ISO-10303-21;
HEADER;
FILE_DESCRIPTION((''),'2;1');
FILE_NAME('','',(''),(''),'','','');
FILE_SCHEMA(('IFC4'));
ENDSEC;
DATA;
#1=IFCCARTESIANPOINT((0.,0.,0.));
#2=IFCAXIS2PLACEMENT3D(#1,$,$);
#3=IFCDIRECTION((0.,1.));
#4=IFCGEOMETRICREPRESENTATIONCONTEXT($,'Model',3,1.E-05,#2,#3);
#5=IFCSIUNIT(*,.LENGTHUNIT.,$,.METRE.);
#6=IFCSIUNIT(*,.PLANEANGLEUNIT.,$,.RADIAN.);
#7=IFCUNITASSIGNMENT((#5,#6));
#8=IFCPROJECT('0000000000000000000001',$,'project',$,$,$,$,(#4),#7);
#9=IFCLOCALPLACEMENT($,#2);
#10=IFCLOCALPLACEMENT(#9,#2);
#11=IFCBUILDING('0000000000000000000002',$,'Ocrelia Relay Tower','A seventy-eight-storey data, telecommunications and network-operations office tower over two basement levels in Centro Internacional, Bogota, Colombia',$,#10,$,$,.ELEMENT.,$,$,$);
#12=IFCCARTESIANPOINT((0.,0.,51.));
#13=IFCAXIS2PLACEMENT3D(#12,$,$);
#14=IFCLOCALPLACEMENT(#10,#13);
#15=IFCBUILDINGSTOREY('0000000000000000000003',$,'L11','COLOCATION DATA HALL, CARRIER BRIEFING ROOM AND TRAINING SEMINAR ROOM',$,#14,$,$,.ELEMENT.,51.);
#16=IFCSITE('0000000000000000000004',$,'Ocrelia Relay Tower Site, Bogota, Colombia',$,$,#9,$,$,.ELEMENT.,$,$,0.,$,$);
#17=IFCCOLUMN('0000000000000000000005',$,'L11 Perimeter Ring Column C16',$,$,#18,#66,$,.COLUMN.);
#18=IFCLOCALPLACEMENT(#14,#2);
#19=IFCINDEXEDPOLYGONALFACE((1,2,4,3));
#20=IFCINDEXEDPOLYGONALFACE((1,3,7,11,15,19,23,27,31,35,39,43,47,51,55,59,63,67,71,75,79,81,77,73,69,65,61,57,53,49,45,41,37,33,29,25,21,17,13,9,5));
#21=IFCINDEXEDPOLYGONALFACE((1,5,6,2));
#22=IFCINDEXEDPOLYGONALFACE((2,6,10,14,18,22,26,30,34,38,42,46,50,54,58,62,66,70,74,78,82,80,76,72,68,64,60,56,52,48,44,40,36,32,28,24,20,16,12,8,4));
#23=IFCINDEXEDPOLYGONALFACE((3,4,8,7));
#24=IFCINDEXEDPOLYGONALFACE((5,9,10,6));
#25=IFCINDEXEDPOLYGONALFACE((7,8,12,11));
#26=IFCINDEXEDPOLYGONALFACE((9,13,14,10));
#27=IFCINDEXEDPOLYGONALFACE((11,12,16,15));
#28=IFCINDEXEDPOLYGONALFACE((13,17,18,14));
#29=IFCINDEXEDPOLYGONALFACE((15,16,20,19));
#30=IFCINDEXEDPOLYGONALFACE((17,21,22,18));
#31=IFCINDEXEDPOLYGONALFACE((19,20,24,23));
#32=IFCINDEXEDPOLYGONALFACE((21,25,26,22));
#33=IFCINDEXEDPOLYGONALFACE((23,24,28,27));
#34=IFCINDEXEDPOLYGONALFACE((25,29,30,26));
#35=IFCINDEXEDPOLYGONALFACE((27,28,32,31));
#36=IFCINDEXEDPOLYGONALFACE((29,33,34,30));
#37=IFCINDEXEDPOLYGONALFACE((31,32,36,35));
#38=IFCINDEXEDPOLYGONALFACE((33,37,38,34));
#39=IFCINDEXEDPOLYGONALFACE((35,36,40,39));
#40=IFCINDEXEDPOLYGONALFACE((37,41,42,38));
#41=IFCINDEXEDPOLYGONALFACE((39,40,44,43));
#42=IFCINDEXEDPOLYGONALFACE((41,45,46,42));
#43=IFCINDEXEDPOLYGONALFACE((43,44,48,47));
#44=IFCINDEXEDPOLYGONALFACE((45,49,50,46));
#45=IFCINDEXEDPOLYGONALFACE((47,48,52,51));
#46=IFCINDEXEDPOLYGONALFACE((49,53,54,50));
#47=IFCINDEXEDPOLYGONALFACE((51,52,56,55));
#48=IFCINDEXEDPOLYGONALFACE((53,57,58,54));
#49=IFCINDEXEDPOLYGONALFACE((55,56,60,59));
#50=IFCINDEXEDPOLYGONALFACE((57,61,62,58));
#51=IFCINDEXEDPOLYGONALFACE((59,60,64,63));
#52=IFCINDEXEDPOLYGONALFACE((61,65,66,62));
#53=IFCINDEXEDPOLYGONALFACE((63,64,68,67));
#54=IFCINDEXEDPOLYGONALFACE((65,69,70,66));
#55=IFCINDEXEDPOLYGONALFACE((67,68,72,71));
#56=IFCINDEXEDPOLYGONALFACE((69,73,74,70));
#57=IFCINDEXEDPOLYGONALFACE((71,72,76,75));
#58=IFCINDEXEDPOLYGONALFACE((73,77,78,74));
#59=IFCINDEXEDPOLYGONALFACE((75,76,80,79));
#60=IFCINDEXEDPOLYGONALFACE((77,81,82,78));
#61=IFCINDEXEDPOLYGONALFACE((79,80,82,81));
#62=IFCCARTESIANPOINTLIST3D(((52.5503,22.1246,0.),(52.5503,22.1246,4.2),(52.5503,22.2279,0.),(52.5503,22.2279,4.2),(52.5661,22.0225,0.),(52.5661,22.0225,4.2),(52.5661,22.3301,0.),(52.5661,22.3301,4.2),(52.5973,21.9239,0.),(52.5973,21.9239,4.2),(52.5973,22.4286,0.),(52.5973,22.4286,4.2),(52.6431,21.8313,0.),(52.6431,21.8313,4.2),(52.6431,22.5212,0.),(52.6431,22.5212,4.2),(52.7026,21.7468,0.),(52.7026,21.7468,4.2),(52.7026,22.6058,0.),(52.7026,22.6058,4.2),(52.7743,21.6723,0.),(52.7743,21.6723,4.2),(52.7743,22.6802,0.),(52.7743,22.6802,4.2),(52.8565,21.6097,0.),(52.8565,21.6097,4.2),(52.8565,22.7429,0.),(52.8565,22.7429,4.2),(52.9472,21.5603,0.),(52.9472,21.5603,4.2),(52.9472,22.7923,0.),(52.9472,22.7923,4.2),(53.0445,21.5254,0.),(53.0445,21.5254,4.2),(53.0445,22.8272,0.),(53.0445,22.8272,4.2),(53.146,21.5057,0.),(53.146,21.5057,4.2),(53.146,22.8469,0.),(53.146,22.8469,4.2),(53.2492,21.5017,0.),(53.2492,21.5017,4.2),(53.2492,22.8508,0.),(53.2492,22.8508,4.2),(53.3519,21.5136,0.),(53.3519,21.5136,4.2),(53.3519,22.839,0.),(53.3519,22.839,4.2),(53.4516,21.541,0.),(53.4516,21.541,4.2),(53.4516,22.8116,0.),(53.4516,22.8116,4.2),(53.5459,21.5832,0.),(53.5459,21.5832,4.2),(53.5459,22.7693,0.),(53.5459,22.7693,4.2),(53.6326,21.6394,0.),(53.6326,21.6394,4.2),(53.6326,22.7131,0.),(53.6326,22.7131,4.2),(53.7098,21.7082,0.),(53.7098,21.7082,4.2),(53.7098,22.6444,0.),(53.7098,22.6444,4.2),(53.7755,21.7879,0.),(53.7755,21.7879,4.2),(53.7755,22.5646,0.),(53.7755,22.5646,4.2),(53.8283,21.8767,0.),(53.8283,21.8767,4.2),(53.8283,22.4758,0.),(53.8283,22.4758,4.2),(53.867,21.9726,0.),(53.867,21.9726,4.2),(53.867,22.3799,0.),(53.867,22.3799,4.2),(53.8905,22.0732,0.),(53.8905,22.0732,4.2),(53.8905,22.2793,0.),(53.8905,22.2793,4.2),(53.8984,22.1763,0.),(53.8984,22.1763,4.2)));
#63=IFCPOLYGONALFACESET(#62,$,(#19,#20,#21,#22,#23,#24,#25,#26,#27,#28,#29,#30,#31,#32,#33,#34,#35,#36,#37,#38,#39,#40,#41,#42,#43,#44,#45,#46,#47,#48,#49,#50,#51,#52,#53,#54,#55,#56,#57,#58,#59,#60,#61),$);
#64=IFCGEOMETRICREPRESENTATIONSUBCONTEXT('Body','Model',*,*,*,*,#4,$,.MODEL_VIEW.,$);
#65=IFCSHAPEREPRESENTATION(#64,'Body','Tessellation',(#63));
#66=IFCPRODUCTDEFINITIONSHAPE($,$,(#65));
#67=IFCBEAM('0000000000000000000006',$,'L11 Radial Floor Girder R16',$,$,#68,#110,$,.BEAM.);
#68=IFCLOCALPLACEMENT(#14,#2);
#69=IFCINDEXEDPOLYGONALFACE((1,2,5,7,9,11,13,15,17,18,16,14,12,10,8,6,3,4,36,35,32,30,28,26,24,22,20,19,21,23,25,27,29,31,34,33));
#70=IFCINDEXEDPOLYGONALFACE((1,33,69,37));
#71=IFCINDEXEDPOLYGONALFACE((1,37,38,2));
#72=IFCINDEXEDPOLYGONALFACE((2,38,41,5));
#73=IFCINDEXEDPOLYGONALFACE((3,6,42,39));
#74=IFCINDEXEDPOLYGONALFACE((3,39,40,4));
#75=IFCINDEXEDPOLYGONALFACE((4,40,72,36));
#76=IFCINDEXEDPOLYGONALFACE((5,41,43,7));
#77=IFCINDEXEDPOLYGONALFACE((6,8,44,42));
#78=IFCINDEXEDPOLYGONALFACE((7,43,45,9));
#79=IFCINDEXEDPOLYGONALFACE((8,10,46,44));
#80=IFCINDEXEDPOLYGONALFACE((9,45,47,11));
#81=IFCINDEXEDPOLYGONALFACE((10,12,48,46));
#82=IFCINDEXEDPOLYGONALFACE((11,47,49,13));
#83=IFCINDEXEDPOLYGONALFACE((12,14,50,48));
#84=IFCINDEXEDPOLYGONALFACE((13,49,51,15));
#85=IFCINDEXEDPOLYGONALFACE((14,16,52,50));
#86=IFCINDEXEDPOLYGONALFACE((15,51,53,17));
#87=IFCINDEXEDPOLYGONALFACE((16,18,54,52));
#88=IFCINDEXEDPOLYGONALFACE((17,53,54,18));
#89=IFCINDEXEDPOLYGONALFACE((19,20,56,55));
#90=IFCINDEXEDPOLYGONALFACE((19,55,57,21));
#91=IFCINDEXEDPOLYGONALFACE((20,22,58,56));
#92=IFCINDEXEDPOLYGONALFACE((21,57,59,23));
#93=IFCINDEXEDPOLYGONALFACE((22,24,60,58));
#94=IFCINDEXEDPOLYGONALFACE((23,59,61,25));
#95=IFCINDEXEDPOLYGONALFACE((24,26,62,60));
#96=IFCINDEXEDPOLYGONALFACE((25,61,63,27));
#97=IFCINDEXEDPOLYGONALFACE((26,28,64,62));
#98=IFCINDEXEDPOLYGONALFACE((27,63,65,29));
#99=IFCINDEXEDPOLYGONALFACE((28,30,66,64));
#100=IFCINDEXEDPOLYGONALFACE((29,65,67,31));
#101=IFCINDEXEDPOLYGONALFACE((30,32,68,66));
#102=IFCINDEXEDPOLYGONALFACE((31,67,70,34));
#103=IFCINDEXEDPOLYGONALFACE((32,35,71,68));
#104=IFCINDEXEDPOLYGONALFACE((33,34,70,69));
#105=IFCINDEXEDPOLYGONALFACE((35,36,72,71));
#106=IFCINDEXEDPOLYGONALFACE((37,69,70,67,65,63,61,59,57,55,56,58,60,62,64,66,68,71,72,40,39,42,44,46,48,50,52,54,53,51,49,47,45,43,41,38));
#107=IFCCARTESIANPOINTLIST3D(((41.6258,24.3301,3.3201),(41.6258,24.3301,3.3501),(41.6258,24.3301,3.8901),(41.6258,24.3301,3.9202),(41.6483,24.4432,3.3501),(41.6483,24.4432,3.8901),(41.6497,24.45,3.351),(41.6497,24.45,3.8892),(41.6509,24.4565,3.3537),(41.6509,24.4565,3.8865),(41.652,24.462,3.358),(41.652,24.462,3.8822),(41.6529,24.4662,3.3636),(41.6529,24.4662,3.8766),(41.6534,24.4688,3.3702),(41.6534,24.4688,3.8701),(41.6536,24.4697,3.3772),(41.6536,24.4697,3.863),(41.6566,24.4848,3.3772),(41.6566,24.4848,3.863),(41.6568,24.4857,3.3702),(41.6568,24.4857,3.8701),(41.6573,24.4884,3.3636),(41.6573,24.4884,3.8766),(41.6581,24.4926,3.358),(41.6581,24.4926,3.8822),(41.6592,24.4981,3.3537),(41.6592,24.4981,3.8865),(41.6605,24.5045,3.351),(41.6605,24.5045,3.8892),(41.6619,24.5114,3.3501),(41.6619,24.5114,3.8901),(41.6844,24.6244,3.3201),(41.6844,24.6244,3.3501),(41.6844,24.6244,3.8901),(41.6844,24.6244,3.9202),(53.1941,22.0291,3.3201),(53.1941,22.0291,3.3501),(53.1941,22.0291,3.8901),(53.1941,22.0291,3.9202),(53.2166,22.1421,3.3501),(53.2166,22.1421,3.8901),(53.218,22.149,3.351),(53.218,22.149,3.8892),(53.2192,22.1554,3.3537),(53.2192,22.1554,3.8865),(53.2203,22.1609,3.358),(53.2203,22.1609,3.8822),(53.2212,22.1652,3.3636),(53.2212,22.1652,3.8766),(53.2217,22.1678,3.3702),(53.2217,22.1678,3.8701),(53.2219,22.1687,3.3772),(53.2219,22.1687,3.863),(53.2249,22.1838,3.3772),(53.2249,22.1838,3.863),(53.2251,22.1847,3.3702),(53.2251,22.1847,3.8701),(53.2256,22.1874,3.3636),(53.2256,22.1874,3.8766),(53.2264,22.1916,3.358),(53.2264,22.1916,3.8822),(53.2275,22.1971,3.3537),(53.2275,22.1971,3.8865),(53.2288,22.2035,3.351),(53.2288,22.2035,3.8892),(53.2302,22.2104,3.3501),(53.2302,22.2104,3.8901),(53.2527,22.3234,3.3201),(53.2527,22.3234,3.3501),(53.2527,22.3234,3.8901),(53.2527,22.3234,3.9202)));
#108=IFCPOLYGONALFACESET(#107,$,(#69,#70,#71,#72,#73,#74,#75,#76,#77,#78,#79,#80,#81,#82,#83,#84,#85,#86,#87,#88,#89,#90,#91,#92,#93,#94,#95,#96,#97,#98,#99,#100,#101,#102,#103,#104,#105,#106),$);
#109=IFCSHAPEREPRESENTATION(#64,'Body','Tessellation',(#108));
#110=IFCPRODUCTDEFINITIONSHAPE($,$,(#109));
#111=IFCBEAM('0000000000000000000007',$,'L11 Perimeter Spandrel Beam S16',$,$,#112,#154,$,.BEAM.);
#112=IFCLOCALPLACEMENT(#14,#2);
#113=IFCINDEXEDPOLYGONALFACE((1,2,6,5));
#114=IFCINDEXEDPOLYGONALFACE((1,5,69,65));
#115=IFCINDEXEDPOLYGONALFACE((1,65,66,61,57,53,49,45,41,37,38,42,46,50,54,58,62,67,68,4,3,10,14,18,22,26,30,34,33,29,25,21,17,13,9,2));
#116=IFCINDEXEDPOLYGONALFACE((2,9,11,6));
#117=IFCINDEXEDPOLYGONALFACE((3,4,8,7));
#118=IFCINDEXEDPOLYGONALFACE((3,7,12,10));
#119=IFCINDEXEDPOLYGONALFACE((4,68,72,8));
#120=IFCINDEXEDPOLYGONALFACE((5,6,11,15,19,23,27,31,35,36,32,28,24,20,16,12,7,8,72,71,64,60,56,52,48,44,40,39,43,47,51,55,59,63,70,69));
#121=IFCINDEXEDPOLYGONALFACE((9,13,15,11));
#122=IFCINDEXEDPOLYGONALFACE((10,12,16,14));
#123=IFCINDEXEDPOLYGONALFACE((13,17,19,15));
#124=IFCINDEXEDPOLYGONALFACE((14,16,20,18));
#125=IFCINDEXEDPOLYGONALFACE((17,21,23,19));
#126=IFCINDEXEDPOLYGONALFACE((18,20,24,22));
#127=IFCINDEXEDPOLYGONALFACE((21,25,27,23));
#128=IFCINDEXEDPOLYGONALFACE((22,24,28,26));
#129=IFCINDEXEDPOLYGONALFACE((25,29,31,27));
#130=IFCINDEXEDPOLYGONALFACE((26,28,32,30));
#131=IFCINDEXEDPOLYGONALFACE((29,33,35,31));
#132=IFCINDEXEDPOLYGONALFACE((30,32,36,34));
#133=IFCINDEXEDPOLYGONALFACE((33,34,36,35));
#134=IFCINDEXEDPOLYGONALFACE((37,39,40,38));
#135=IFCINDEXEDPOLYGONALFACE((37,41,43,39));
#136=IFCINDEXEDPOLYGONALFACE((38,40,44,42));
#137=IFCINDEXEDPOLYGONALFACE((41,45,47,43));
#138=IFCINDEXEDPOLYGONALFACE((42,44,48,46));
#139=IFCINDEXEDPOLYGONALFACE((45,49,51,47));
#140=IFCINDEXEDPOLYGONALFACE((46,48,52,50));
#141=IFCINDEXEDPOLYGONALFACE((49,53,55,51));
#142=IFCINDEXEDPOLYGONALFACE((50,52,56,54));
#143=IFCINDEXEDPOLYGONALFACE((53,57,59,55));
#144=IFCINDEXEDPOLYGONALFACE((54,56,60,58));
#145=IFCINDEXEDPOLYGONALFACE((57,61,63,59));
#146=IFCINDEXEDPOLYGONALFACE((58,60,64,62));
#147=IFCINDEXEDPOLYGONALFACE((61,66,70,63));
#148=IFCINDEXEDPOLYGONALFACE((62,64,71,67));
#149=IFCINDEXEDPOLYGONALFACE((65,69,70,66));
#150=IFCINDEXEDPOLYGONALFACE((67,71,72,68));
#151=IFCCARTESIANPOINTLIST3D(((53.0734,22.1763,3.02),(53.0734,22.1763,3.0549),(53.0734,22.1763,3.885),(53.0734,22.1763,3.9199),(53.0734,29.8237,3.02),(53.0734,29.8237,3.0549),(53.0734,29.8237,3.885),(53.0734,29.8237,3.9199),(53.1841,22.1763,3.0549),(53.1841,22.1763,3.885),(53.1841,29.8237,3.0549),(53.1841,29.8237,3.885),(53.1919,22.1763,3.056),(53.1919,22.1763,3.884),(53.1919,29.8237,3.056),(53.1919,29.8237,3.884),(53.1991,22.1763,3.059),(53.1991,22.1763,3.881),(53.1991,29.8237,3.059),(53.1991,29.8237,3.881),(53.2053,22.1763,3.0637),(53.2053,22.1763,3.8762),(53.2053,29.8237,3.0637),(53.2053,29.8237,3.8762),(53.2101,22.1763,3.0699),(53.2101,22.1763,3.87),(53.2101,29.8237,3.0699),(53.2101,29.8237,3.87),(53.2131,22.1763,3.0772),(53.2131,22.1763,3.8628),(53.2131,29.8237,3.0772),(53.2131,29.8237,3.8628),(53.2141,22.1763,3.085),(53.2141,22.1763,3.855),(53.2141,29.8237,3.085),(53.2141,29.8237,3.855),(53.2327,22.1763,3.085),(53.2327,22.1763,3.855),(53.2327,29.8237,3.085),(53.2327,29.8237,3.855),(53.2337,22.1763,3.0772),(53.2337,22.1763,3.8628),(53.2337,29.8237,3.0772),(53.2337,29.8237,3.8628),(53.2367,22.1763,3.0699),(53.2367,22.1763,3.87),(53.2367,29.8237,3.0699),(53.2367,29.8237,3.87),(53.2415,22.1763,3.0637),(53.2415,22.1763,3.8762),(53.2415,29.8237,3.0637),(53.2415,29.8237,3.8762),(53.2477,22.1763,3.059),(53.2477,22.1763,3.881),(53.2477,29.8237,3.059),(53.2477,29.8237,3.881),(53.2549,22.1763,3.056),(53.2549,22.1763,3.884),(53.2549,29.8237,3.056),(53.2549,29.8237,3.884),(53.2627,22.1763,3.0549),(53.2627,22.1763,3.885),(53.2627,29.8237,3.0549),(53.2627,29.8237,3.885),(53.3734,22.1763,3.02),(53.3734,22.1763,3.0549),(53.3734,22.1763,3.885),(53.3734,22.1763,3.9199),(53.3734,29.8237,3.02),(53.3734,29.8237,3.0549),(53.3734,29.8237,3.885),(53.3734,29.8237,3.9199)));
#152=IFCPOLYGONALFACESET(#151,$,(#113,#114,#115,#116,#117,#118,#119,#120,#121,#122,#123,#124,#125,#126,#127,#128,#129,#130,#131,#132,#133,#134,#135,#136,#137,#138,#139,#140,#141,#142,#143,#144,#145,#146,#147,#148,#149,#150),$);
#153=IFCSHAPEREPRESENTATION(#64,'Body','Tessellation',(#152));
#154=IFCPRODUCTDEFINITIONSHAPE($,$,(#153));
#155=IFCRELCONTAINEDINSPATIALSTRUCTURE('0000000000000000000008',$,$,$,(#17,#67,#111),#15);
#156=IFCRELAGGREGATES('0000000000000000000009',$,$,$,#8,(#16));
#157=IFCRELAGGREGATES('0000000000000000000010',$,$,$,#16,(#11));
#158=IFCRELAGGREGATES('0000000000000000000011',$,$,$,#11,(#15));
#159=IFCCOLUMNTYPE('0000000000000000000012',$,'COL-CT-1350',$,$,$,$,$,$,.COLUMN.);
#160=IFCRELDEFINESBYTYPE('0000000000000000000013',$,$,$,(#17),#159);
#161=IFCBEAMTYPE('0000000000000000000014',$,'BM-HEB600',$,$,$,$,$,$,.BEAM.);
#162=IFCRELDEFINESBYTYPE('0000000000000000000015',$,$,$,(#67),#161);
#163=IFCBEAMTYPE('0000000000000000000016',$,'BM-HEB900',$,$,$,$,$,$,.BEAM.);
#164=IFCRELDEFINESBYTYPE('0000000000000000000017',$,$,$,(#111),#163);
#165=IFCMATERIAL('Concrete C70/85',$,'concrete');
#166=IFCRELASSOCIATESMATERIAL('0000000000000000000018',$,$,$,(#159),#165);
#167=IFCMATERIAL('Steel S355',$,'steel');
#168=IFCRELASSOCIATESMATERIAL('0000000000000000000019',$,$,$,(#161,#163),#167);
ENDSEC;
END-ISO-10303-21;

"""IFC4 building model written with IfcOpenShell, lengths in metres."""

from ifc_helpers import new_model, si_unit, direction, frame, origin, origin_2d, place, context, subcontext, project, spatial, circle, i_section, extrude, material, material_profile, profile_set, type_object, element, save


model = new_model("IFC4")

# Units and contexts
model_context = context("Model", 3, precision=1e-05, world=origin(), true_north=direction((0.0, 1.0)))
body_context = subcontext(model_context, "Body", "Model", "MODEL_VIEW")
ifc_project = project(units=[si_unit("LENGTHUNIT", "METRE"), si_unit("PLANEANGLEUNIT", "RADIAN")], contexts=[model_context])

# Site, building, storey
site_placement = place(None, origin())
site = spatial("IfcSite", under=ifc_project, at=site_placement, Name="Ocrelia Relay Tower Site, Bogota, Colombia", CompositionType="ELEMENT", RefElevation=0.0)
building_placement = place(site_placement, origin())
building = spatial("IfcBuilding", under=site, at=building_placement, Name="Ocrelia Relay Tower", Description="A seventy-eight-storey data, telecommunications and network-operations office tower over two basement levels in Centro Internacional, Bogota, Colombia", CompositionType="ELEMENT")
storey_placement = place(building_placement, frame((0.0, 0.0, 51.0)))
storey = spatial("IfcBuildingStorey", under=building, at=storey_placement, Name="L11", Description="COLOCATION DATA HALL, CARRIER BRIEFING ROOM AND TRAINING SEMINAR ROOM", CompositionType="ELEMENT", Elevation=51.0)

# Column
ifc_material_1 = material(Name="Concrete C70/85", Category="concrete")
ifc_material_profile_1 = material_profile(ifc_material_1, circle(Radius=0.675, at=origin_2d()), Name="RC-CIR-1350")
ifc_profile_set_1 = profile_set([ifc_material_profile_1], Name="Concrete C70/85")
column_type = type_object("IfcColumnType", Name="COL-CT-1350", PredefinedType="COLUMN", material=ifc_profile_set_1)
column_placement = place(storey_placement, frame((53.2234, 22.1763, 0.0), z_axis=(0.0, 0.0, 1.0), x_axis=(1.0, 0.0, 0.0)))
element("IfcColumn", 1, at=column_placement, inside=storey, type_object=column_type, Name="L11 Perimeter Ring Column C16", PredefinedType="COLUMN", context=body_context, shape_type="SweptSolid", body=[
    extrude(circle(Radius=0.675, at=origin_2d()), origin(), (0.0, 0.0, 1.0), 4.2),
])

# Beams
ifc_material_2 = material(Name="Steel S355", Category="steel")
ifc_material_profile_2 = material_profile(ifc_material_2, i_section(OverallWidth=0.3, OverallDepth=0.6001, WebThickness=0.0154, FlangeThickness=0.03, FilletRadius=0.0271, at=origin_2d()), Name="HEB 600")
ifc_profile_set_2 = profile_set([ifc_material_profile_2], Name="Steel S355")
beam_type_1 = type_object("IfcBeamType", Name="BM-HEB600", PredefinedType="BEAM", material=ifc_profile_set_2)
beam_1_placement = place(storey_placement, frame((53.2234, 22.1763, 3.6201), z_axis=(-0.980786, 0.195085, 0.0), x_axis=(-0.195085, -0.980786, 0.0)))
element("IfcBeam", 2, at=beam_1_placement, inside=storey, type_object=beam_type_1, Name="L11 Radial Floor Girder R16", PredefinedType="BEAM", context=body_context, shape_type="SweptSolid", body=[
    extrude(i_section(OverallWidth=0.3, OverallDepth=0.6001, WebThickness=0.0154, FlangeThickness=0.03, FilletRadius=0.0271, at=origin_2d()), origin(), (0.0, 0.0, 1.0), 11.7949),
])
ifc_material_profile_3 = material_profile(ifc_material_2, i_section(OverallWidth=0.3, OverallDepth=0.8999, WebThickness=0.0186, FlangeThickness=0.0349, FilletRadius=0.03, at=origin_2d()), Name="HEB 900")
ifc_profile_set_3 = profile_set([ifc_material_profile_3], Name="Steel S355")
beam_type_2 = type_object("IfcBeamType", Name="BM-HEB900", PredefinedType="BEAM", material=ifc_profile_set_3)
beam_2_placement = place(storey_placement, frame((53.2234, 22.1763, 3.47), z_axis=(0.0, 1.0, 0.0), x_axis=(-1.0, 0.0, 0.0)))
element("IfcBeam", 3, at=beam_2_placement, inside=storey, type_object=beam_type_2, Name="L11 Perimeter Spandrel Beam S16", PredefinedType="BEAM", context=body_context, shape_type="SweptSolid", body=[
    extrude(i_section(OverallWidth=0.3, OverallDepth=0.8999, WebThickness=0.0186, FlangeThickness=0.0349, FilletRadius=0.03, at=origin_2d()), origin(), (0.0, 0.0, 1.0), 7.6475),
])

save(model, "model.ifc")
